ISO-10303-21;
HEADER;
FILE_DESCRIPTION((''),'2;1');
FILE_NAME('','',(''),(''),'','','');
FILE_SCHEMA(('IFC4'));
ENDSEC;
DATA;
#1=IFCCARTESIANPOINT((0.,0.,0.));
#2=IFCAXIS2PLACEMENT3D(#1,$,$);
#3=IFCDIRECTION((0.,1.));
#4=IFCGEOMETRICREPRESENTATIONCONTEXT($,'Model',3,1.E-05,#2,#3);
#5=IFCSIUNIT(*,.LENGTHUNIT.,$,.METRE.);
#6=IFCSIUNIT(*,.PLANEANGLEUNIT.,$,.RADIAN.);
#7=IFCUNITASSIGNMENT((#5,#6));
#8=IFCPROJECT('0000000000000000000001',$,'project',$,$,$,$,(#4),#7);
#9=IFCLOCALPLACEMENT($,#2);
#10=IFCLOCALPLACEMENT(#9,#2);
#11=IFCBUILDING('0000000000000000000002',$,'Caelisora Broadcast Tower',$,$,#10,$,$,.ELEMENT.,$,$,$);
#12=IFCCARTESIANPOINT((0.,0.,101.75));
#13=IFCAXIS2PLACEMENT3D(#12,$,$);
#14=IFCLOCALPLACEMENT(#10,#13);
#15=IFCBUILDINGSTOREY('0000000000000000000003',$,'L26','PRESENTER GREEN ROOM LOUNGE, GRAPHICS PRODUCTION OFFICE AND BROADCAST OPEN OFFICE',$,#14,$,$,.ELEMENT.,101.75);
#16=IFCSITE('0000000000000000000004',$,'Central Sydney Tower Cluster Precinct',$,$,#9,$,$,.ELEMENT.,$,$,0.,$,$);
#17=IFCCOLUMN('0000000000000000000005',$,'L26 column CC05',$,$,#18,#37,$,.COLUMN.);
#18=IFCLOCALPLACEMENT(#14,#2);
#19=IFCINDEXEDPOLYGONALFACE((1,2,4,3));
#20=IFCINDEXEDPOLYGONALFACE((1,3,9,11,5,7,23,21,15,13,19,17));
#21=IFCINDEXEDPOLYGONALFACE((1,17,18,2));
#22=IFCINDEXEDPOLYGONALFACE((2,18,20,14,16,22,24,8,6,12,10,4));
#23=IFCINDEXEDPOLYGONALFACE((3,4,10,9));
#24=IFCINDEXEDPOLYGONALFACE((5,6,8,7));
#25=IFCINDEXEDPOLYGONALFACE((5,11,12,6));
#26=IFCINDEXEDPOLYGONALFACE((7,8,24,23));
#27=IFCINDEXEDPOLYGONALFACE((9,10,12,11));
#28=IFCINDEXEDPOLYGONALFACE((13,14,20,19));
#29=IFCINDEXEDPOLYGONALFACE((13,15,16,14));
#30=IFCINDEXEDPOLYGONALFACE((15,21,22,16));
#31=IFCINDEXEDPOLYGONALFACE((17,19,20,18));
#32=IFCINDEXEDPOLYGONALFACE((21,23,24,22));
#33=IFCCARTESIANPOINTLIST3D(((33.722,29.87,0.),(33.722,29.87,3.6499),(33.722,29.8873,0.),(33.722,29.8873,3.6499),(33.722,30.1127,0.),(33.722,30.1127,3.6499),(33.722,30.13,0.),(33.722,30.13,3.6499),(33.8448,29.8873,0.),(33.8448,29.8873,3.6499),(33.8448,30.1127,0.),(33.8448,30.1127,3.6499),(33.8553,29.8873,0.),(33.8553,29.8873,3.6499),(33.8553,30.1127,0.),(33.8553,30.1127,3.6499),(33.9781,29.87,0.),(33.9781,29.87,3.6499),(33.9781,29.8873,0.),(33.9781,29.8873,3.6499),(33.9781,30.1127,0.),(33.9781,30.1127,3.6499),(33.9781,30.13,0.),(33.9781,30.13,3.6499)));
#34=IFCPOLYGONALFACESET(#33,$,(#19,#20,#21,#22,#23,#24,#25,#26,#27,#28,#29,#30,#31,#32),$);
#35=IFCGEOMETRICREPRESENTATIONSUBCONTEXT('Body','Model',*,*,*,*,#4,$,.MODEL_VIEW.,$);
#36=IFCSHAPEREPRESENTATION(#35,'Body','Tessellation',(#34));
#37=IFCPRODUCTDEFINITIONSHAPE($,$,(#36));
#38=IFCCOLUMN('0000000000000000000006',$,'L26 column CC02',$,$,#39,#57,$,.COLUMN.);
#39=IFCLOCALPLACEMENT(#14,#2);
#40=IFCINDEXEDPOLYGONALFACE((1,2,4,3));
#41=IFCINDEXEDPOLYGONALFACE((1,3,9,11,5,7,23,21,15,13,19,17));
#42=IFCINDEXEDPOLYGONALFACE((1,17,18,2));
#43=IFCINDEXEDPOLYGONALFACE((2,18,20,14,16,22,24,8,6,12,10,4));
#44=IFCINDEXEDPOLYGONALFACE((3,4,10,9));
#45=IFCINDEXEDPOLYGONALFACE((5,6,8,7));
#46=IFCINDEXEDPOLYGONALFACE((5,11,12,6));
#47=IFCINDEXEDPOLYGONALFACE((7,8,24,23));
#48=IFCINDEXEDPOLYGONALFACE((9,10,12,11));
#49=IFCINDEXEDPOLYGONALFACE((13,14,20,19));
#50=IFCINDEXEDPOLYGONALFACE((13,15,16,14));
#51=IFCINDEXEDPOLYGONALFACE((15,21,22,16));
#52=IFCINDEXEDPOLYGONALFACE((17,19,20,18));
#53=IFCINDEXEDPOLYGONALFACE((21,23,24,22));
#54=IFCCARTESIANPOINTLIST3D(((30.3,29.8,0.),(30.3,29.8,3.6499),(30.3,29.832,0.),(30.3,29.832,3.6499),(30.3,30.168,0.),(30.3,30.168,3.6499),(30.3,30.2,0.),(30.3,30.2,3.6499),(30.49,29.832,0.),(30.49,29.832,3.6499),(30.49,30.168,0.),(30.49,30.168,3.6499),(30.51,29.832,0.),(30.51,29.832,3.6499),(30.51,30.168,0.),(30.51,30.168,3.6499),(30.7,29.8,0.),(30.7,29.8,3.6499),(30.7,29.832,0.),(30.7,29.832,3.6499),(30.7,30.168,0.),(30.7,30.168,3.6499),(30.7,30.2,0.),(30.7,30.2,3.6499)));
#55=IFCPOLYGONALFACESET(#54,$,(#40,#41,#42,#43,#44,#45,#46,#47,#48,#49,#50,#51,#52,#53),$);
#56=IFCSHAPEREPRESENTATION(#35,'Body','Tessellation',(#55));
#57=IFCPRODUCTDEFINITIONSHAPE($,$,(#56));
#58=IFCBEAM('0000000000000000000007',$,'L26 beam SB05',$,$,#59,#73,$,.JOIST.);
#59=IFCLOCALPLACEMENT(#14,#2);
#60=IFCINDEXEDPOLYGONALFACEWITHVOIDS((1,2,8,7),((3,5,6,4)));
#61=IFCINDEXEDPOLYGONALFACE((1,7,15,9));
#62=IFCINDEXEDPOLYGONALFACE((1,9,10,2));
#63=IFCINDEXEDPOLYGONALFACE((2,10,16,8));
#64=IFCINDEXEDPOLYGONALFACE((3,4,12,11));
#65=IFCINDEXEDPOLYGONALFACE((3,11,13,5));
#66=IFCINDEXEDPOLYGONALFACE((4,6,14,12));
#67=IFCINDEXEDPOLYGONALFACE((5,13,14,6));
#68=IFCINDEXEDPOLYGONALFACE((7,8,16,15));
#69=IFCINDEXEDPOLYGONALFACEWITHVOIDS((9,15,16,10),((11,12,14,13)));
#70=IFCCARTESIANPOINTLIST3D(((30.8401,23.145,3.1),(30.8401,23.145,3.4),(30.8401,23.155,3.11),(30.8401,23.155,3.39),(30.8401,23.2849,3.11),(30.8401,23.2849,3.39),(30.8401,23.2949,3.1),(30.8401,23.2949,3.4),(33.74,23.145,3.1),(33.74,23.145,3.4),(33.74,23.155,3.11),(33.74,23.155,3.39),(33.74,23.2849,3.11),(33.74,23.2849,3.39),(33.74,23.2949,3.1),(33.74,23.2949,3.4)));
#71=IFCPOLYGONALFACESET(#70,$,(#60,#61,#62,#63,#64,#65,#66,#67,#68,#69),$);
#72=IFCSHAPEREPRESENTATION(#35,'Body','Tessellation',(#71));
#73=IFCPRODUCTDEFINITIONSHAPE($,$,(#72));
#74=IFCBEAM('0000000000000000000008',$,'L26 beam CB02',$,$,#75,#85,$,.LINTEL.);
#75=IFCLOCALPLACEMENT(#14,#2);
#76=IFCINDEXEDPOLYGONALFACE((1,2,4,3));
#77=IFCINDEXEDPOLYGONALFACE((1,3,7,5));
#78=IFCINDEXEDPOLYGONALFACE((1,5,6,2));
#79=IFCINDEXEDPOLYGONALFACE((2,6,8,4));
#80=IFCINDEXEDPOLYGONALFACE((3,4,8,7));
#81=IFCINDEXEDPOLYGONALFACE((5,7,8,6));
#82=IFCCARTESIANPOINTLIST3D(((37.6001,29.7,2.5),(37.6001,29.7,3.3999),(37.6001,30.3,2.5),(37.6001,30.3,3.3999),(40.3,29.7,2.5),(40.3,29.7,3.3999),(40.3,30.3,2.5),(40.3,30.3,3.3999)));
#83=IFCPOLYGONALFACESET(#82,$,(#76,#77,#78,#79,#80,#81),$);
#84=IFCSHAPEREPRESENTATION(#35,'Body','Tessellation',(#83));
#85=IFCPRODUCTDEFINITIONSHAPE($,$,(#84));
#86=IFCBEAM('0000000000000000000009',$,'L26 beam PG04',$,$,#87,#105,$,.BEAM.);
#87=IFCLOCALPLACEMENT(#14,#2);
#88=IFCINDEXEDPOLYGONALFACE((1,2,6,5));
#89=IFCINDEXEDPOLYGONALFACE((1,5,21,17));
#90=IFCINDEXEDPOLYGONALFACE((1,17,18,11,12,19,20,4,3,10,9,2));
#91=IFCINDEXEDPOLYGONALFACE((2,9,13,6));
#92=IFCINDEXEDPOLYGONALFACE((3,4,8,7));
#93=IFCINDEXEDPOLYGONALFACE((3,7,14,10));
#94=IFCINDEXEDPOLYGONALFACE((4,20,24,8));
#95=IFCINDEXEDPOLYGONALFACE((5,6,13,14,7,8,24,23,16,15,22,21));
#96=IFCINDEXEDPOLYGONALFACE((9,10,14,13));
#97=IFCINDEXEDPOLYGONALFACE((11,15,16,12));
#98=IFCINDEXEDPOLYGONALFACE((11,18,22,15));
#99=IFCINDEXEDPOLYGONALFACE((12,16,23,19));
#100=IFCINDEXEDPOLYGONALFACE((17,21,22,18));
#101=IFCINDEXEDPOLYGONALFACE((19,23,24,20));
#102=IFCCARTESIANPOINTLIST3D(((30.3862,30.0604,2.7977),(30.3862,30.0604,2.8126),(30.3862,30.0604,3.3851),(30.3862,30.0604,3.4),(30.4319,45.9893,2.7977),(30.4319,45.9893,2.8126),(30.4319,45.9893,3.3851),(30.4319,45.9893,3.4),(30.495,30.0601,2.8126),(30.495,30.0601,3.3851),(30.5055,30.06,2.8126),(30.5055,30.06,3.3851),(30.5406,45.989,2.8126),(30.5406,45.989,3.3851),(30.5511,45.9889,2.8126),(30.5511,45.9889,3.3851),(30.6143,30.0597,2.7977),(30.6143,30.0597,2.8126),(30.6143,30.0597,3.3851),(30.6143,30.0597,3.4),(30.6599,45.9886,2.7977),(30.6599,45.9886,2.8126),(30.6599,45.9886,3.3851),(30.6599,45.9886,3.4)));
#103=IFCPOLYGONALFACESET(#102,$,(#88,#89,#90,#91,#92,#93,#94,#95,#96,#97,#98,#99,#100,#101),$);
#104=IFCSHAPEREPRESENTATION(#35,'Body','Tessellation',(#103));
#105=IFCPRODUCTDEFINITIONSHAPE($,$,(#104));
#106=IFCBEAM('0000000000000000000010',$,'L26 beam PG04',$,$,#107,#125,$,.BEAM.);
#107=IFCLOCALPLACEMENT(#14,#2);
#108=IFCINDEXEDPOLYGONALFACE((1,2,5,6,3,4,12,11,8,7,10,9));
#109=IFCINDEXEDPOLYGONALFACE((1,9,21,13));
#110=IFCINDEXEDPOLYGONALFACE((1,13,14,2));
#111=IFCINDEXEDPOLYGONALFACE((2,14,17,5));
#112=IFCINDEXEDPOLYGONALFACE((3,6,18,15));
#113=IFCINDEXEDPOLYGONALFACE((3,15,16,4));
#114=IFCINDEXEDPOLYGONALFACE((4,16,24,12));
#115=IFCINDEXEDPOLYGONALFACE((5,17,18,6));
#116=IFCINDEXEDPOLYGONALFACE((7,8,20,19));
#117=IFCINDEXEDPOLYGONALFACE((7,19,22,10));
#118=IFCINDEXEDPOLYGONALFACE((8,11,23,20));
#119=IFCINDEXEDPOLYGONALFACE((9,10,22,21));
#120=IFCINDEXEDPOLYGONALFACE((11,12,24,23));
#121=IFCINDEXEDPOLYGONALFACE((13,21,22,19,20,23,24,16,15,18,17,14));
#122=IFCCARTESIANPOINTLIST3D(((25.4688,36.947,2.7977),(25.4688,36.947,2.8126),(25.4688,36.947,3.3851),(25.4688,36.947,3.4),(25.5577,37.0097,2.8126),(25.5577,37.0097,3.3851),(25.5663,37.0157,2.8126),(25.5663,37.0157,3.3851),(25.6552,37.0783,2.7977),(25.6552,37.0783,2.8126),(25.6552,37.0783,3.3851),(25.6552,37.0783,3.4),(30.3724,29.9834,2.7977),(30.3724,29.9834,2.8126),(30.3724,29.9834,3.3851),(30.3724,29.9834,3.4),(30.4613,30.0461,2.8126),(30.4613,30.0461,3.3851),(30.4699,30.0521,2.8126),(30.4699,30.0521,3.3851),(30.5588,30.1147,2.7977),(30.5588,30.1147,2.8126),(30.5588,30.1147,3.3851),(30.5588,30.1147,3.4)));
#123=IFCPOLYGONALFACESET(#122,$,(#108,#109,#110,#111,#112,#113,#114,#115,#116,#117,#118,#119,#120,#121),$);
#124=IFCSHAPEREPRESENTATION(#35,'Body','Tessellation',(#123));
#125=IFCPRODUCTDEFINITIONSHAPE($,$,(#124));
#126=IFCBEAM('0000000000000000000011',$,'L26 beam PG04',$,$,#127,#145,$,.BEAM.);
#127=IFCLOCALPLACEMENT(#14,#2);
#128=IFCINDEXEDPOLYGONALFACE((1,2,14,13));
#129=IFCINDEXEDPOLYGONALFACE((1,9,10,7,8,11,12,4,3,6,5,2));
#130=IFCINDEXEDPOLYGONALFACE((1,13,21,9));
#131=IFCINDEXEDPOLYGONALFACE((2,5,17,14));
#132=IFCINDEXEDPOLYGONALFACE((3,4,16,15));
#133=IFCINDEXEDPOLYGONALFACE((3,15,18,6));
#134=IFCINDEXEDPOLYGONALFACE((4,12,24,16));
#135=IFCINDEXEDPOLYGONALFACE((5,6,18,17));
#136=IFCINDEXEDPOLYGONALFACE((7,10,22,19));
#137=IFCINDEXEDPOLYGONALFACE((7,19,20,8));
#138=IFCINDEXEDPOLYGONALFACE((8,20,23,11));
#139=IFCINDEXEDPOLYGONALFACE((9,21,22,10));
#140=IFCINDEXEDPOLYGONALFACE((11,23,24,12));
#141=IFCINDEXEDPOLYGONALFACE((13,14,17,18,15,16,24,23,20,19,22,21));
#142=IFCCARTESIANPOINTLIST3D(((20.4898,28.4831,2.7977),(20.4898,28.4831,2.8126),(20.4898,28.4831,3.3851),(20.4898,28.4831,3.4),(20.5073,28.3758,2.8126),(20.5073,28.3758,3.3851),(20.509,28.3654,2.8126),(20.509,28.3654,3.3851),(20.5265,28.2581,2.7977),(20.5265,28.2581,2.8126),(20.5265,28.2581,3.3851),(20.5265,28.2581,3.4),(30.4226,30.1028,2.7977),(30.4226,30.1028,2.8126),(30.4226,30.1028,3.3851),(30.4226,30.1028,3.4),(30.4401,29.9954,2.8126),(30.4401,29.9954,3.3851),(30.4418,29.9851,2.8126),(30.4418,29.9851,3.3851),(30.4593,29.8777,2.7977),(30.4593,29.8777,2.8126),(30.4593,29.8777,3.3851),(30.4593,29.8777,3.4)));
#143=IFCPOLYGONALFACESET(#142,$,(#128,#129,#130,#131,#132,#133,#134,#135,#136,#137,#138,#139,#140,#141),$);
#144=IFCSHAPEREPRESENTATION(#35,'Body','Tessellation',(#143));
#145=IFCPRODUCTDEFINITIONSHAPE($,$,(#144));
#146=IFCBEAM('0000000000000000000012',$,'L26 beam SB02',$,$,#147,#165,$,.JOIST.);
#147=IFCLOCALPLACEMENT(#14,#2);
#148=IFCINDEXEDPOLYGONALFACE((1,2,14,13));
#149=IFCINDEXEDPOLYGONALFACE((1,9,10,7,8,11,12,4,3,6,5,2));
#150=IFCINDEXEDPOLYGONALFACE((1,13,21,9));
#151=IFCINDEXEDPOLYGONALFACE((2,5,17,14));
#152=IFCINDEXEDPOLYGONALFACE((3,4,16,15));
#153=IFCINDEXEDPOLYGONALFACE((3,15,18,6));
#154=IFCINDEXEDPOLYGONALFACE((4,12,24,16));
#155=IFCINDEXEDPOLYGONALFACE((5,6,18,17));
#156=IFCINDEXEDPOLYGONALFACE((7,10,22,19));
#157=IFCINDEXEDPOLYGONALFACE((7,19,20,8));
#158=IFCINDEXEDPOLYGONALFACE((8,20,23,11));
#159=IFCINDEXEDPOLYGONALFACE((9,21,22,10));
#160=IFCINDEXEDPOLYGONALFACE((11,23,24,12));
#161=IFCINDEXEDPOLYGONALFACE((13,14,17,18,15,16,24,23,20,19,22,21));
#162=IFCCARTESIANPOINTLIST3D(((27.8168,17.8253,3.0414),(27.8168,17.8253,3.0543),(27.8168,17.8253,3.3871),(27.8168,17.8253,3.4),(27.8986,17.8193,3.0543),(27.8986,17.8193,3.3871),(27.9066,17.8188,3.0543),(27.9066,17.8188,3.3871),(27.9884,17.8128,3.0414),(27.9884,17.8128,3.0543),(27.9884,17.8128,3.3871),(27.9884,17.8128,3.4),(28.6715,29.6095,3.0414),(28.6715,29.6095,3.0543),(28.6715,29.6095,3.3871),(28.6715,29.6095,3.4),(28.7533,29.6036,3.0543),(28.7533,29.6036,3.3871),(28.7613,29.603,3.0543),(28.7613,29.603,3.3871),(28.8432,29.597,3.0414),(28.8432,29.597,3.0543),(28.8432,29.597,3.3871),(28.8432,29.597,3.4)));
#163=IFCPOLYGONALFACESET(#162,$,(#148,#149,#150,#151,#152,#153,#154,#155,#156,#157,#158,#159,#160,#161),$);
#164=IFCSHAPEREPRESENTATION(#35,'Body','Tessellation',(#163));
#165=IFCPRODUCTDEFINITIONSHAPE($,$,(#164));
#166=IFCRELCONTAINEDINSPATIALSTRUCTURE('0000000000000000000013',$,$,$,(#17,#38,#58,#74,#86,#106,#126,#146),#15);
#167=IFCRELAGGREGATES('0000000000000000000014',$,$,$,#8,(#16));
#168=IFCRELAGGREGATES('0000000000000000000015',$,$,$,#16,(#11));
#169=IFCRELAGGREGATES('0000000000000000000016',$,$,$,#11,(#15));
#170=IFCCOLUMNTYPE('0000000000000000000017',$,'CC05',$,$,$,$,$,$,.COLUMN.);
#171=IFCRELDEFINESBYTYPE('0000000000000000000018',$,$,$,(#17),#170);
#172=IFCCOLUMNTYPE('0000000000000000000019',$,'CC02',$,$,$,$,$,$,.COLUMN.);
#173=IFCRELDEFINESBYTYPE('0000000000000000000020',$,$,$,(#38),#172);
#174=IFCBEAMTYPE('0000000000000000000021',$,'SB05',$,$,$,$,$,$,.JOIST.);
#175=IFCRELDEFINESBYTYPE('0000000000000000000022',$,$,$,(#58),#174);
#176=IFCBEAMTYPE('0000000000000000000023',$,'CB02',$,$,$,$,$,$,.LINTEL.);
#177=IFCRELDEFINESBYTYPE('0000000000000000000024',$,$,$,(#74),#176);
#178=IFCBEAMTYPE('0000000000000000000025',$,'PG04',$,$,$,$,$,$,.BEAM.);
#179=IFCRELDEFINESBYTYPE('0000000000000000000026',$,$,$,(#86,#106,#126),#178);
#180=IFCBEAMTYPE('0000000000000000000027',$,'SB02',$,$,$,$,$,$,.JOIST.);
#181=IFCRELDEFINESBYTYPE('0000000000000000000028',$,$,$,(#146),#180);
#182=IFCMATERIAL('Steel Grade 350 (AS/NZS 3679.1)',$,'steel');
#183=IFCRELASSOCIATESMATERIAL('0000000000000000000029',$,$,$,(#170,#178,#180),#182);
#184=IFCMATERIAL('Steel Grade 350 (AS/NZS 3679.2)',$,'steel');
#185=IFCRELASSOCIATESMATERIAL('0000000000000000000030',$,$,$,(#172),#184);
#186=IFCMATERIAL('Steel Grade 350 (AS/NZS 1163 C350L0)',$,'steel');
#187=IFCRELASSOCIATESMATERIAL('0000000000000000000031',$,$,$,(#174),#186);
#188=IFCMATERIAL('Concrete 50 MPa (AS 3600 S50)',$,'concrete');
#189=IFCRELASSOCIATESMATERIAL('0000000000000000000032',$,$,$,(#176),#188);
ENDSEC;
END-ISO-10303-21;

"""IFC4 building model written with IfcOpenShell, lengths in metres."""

from ifc_helpers import new_model, si_unit, direction, frame, origin, origin_2d, place, context, subcontext, project, spatial, rectangle, hollow_rectangle, i_section, extrude, source, transform, mapped, material, material_profile, profile_set, type_object, type_shapes, element, save


model = new_model("IFC4")

# Units and contexts
model_context = context("Model", 3, precision=1e-05, world=origin(), true_north=direction((0.0, 1.0)))
body_context = subcontext(model_context, "Body", "Model", "MODEL_VIEW")
ifc_project = project(units=[si_unit("LENGTHUNIT", "METRE"), si_unit("PLANEANGLEUNIT", "RADIAN")], contexts=[model_context])

# Site, building, storey
site_placement = place(None, origin())
site = spatial("IfcSite", under=ifc_project, at=site_placement, Name="Central Sydney Tower Cluster Precinct", CompositionType="ELEMENT", RefElevation=0.0)
building_placement = place(site_placement, origin())
building = spatial("IfcBuilding", under=site, at=building_placement, Name="Caelisora Broadcast Tower", CompositionType="ELEMENT")
storey_placement = place(building_placement, frame((0.0, 0.0, 101.75)))
storey = spatial("IfcBuildingStorey", under=building, at=storey_placement, Name="L26", Description="PRESENTER GREEN ROOM LOUNGE, GRAPHICS PRODUCTION OFFICE AND BROADCAST OPEN OFFICE", CompositionType="ELEMENT", Elevation=101.75)

# Columns
ifc_material_1 = material(Name="Steel Grade 350 (AS/NZS 3679.1)", Category="steel")
ifc_material_profile_1 = material_profile(ifc_material_1, i_section(OverallWidth=0.2561, OverallDepth=0.26, WebThickness=0.0105, FlangeThickness=0.0173, at=origin_2d()), Name="Steel Grade 350 (AS/NZS 3679.1)")
ifc_profile_set_1 = profile_set([ifc_material_profile_1], Name="Steel Grade 350 (AS/NZS 3679.1)")
column_type_1 = type_object("IfcColumnType", Name="CC05", PredefinedType="COLUMN", material=ifc_profile_set_1)
shared_shape_1 = source(origin(), body_context, "Body", "SweptSolid", [
    extrude(i_section(OverallWidth=0.2561, OverallDepth=0.26, WebThickness=0.0105, FlangeThickness=0.0173, at=origin_2d()), origin(), (0.0, 0.0, 1.0), 3.6499),
])
type_shapes(column_type_1, [shared_shape_1])
column_1_placement = place(storey_placement, frame((33.8501, 30.0, 0.0), z_axis=(0.0, 0.0, 1.0), x_axis=(1.0, 0.0, 0.0)))
element("IfcColumn", 1, at=column_1_placement, inside=storey, type_object=column_type_1, Name="L26 column CC05", PredefinedType="COLUMN", context=body_context, shape_type="MappedRepresentation", body=[
    mapped(shared_shape_1, transform((0.0, 0.0, 0.0), scale=1.0)),
])
ifc_material_2 = material(Name="Steel Grade 350 (AS/NZS 3679.2)", Category="steel")
ifc_material_profile_2 = material_profile(ifc_material_2, i_section(OverallWidth=0.3999, OverallDepth=0.3999, WebThickness=0.02, FlangeThickness=0.032, at=origin_2d()), Name="Steel Grade 350 (AS/NZS 3679.2)")
ifc_profile_set_2 = profile_set([ifc_material_profile_2], Name="Steel Grade 350 (AS/NZS 3679.2)")
column_type_2 = type_object("IfcColumnType", Name="CC02", PredefinedType="COLUMN", material=ifc_profile_set_2)
shared_shape_2 = source(origin(), body_context, "Body", "SweptSolid", [
    extrude(i_section(OverallWidth=0.3999, OverallDepth=0.3999, WebThickness=0.02, FlangeThickness=0.032, at=origin_2d()), origin(), (0.0, 0.0, 1.0), 3.6499),
])
type_shapes(column_type_2, [shared_shape_2])
column_2_placement = place(storey_placement, frame((30.5, 30.0, 0.0), z_axis=(0.0, 0.0, 1.0), x_axis=(1.0, 0.0, 0.0)))
element("IfcColumn", 2, at=column_2_placement, inside=storey, type_object=column_type_2, Name="L26 column CC02", PredefinedType="COLUMN", context=body_context, shape_type="MappedRepresentation", body=[
    mapped(shared_shape_2, transform((0.0, 0.0, 0.0), scale=1.0)),
])

# Beams
ifc_material_3 = material(Name="Steel Grade 350 (AS/NZS 1163 C350L0)", Category="steel")
ifc_material_profile_3 = material_profile(ifc_material_3, hollow_rectangle(XDim=0.1499, YDim=0.3, WallThickness=0.01, at=origin_2d()), Name="Steel Grade 350 (AS/NZS 1163 C350L0)")
ifc_profile_set_3 = profile_set([ifc_material_profile_3], Name="Steel Grade 350 (AS/NZS 1163 C350L0)")
beam_type_1 = type_object("IfcBeamType", Name="SB05", PredefinedType="JOIST", material=ifc_profile_set_3)
shared_shape_3 = source(origin(), body_context, "Body", "SweptSolid", [
    extrude(hollow_rectangle(XDim=0.1499, YDim=0.3, WallThickness=0.01, at=origin_2d()), origin(), (0.0, 0.0, 1.0), 2.8999),
])
type_shapes(beam_type_1, [shared_shape_3])
beam_1_placement = place(storey_placement, frame((30.8401, 23.22, 3.25), z_axis=(1.0, 0.0, 0.0), x_axis=(0.0, 1.0, 0.0)))
element("IfcBeam", 3, at=beam_1_placement, inside=storey, type_object=beam_type_1, Name="L26 beam SB05", PredefinedType="JOIST", context=body_context, shape_type="MappedRepresentation", body=[
    mapped(shared_shape_3, transform((0.0, 0.0, 0.0), scale=1.0)),
])
ifc_material_4 = material(Name="Concrete 50 MPa (AS 3600 S50)", Category="concrete")
ifc_material_profile_4 = material_profile(ifc_material_4, rectangle(XDim=0.6001, YDim=0.8999, at=origin_2d()), Name="Concrete 50 MPa (AS 3600 S50)")
ifc_profile_set_4 = profile_set([ifc_material_profile_4], Name="Concrete 50 MPa (AS 3600 S50)")
beam_type_2 = type_object("IfcBeamType", Name="CB02", PredefinedType="LINTEL", material=ifc_profile_set_4)
shared_shape_4 = source(origin(), body_context, "Body", "SweptSolid", [
    extrude(rectangle(XDim=0.6001, YDim=0.8999, at=origin_2d()), origin(), (0.0, 0.0, 1.0), 2.7),
])
type_shapes(beam_type_2, [shared_shape_4])
beam_2_placement = place(storey_placement, frame((37.6001, 30.0, 2.95), z_axis=(1.0, 0.0, 0.0), x_axis=(0.0, 1.0, 0.0)))
element("IfcBeam", 4, at=beam_2_placement, inside=storey, type_object=beam_type_2, Name="L26 beam CB02", PredefinedType="LINTEL", context=body_context, shape_type="MappedRepresentation", body=[
    mapped(shared_shape_4, transform((0.0, 0.0, 0.0), scale=1.0)),
])
ifc_material_profile_5 = material_profile(ifc_material_1, i_section(OverallWidth=0.228, OverallDepth=0.6023, WebThickness=0.0105, FlangeThickness=0.0149, at=origin_2d()), Name="Steel Grade 350 (AS/NZS 3679.1)")
ifc_profile_set_5 = profile_set([ifc_material_profile_5], Name="Steel Grade 350 (AS/NZS 3679.1)")
beam_type_3 = type_object("IfcBeamType", Name="PG04", PredefinedType="BEAM", material=ifc_profile_set_5)
shared_shape_5 = source(origin(), body_context, "Body", "SweptSolid", [
    extrude(i_section(OverallWidth=0.228, OverallDepth=0.6023, WebThickness=0.0105, FlangeThickness=0.0149, at=origin_2d()), origin(), (0.0, 0.0, 1.0), 15.929),
])
beam_3_placement = place(storey_placement, frame((30.5002, 30.0601, 3.0989), z_axis=(0.002866, 0.999996, 0.0), x_axis=(-0.999996, 0.002866, 0.0)))
element("IfcBeam", 5, at=beam_3_placement, inside=storey, type_object=beam_type_3, Name="L26 beam PG04", PredefinedType="BEAM", context=body_context, shape_type="MappedRepresentation", body=[
    mapped(shared_shape_5, transform((0.0, 0.0, 0.0), scale=1.0)),
])
shared_shape_6 = source(origin(), body_context, "Body", "SweptSolid", [
    extrude(i_section(OverallWidth=0.228, OverallDepth=0.6023, WebThickness=0.0105, FlangeThickness=0.0149, at=origin_2d()), origin(), (0.0, 0.0, 1.0), 8.5168),
])
beam_4_placement = place(storey_placement, frame((30.4656, 30.0491, 3.0989), z_axis=(-0.575748, 0.817627, 0.0), x_axis=(-0.817627, -0.575748, 0.0)))
element("IfcBeam", 6, at=beam_4_placement, inside=storey, type_object=beam_type_3, Name="L26 beam PG04", PredefinedType="BEAM", context=body_context, shape_type="MappedRepresentation", body=[
    mapped(shared_shape_6, transform((0.0, 0.0, 0.0), scale=1.0)),
])
shared_shape_7 = source(origin(), body_context, "Body", "SweptSolid", [
    extrude(i_section(OverallWidth=0.228, OverallDepth=0.6023, WebThickness=0.0105, FlangeThickness=0.0149, at=origin_2d()), origin(), (0.0, 0.0, 1.0), 10.064),
])
type_shapes(beam_type_3, [shared_shape_5, shared_shape_6, shared_shape_7])
beam_5_placement = place(storey_placement, frame((30.4409, 29.9902, 3.0989), z_axis=(-0.986965, -0.160932, 0.0), x_axis=(0.160932, -0.986965, 0.0)))
element("IfcBeam", 7, at=beam_5_placement, inside=storey, type_object=beam_type_3, Name="L26 beam PG04", PredefinedType="BEAM", context=body_context, shape_type="MappedRepresentation", body=[
    mapped(shared_shape_7, transform((0.0, 0.0, 0.0), scale=1.0)),
])
ifc_material_profile_6 = material_profile(ifc_material_1, i_section(OverallWidth=0.1721, OverallDepth=0.3586, WebThickness=0.0081, FlangeThickness=0.0129, at=origin_2d()), Name="Steel Grade 350 (AS/NZS 3679.1)")
ifc_profile_set_6 = profile_set([ifc_material_profile_6], Name="Steel Grade 350 (AS/NZS 3679.1)")
beam_type_4 = type_object("IfcBeamType", Name="SB02", PredefinedType="JOIST", material=ifc_profile_set_6)
shared_shape_8 = source(origin(), body_context, "Body", "SweptSolid", [
    extrude(i_section(OverallWidth=0.1721, OverallDepth=0.3586, WebThickness=0.0081, FlangeThickness=0.0129, at=origin_2d()), origin(), (0.0, 0.0, 1.0), 11.8152),
])
type_shapes(beam_type_4, [shared_shape_8])
beam_6_placement = place(storey_placement, frame((28.7573, 29.6033, 3.2207), z_axis=(-0.072342, -0.99738, 0.0), x_axis=(0.99738, -0.072342, 0.0)))
element("IfcBeam", 8, at=beam_6_placement, inside=storey, type_object=beam_type_4, Name="L26 beam SB02", PredefinedType="JOIST", context=body_context, shape_type="MappedRepresentation", body=[
    mapped(shared_shape_8, transform((0.0, 0.0, 0.0), scale=1.0)),
])

save(model, "model.ifc")
